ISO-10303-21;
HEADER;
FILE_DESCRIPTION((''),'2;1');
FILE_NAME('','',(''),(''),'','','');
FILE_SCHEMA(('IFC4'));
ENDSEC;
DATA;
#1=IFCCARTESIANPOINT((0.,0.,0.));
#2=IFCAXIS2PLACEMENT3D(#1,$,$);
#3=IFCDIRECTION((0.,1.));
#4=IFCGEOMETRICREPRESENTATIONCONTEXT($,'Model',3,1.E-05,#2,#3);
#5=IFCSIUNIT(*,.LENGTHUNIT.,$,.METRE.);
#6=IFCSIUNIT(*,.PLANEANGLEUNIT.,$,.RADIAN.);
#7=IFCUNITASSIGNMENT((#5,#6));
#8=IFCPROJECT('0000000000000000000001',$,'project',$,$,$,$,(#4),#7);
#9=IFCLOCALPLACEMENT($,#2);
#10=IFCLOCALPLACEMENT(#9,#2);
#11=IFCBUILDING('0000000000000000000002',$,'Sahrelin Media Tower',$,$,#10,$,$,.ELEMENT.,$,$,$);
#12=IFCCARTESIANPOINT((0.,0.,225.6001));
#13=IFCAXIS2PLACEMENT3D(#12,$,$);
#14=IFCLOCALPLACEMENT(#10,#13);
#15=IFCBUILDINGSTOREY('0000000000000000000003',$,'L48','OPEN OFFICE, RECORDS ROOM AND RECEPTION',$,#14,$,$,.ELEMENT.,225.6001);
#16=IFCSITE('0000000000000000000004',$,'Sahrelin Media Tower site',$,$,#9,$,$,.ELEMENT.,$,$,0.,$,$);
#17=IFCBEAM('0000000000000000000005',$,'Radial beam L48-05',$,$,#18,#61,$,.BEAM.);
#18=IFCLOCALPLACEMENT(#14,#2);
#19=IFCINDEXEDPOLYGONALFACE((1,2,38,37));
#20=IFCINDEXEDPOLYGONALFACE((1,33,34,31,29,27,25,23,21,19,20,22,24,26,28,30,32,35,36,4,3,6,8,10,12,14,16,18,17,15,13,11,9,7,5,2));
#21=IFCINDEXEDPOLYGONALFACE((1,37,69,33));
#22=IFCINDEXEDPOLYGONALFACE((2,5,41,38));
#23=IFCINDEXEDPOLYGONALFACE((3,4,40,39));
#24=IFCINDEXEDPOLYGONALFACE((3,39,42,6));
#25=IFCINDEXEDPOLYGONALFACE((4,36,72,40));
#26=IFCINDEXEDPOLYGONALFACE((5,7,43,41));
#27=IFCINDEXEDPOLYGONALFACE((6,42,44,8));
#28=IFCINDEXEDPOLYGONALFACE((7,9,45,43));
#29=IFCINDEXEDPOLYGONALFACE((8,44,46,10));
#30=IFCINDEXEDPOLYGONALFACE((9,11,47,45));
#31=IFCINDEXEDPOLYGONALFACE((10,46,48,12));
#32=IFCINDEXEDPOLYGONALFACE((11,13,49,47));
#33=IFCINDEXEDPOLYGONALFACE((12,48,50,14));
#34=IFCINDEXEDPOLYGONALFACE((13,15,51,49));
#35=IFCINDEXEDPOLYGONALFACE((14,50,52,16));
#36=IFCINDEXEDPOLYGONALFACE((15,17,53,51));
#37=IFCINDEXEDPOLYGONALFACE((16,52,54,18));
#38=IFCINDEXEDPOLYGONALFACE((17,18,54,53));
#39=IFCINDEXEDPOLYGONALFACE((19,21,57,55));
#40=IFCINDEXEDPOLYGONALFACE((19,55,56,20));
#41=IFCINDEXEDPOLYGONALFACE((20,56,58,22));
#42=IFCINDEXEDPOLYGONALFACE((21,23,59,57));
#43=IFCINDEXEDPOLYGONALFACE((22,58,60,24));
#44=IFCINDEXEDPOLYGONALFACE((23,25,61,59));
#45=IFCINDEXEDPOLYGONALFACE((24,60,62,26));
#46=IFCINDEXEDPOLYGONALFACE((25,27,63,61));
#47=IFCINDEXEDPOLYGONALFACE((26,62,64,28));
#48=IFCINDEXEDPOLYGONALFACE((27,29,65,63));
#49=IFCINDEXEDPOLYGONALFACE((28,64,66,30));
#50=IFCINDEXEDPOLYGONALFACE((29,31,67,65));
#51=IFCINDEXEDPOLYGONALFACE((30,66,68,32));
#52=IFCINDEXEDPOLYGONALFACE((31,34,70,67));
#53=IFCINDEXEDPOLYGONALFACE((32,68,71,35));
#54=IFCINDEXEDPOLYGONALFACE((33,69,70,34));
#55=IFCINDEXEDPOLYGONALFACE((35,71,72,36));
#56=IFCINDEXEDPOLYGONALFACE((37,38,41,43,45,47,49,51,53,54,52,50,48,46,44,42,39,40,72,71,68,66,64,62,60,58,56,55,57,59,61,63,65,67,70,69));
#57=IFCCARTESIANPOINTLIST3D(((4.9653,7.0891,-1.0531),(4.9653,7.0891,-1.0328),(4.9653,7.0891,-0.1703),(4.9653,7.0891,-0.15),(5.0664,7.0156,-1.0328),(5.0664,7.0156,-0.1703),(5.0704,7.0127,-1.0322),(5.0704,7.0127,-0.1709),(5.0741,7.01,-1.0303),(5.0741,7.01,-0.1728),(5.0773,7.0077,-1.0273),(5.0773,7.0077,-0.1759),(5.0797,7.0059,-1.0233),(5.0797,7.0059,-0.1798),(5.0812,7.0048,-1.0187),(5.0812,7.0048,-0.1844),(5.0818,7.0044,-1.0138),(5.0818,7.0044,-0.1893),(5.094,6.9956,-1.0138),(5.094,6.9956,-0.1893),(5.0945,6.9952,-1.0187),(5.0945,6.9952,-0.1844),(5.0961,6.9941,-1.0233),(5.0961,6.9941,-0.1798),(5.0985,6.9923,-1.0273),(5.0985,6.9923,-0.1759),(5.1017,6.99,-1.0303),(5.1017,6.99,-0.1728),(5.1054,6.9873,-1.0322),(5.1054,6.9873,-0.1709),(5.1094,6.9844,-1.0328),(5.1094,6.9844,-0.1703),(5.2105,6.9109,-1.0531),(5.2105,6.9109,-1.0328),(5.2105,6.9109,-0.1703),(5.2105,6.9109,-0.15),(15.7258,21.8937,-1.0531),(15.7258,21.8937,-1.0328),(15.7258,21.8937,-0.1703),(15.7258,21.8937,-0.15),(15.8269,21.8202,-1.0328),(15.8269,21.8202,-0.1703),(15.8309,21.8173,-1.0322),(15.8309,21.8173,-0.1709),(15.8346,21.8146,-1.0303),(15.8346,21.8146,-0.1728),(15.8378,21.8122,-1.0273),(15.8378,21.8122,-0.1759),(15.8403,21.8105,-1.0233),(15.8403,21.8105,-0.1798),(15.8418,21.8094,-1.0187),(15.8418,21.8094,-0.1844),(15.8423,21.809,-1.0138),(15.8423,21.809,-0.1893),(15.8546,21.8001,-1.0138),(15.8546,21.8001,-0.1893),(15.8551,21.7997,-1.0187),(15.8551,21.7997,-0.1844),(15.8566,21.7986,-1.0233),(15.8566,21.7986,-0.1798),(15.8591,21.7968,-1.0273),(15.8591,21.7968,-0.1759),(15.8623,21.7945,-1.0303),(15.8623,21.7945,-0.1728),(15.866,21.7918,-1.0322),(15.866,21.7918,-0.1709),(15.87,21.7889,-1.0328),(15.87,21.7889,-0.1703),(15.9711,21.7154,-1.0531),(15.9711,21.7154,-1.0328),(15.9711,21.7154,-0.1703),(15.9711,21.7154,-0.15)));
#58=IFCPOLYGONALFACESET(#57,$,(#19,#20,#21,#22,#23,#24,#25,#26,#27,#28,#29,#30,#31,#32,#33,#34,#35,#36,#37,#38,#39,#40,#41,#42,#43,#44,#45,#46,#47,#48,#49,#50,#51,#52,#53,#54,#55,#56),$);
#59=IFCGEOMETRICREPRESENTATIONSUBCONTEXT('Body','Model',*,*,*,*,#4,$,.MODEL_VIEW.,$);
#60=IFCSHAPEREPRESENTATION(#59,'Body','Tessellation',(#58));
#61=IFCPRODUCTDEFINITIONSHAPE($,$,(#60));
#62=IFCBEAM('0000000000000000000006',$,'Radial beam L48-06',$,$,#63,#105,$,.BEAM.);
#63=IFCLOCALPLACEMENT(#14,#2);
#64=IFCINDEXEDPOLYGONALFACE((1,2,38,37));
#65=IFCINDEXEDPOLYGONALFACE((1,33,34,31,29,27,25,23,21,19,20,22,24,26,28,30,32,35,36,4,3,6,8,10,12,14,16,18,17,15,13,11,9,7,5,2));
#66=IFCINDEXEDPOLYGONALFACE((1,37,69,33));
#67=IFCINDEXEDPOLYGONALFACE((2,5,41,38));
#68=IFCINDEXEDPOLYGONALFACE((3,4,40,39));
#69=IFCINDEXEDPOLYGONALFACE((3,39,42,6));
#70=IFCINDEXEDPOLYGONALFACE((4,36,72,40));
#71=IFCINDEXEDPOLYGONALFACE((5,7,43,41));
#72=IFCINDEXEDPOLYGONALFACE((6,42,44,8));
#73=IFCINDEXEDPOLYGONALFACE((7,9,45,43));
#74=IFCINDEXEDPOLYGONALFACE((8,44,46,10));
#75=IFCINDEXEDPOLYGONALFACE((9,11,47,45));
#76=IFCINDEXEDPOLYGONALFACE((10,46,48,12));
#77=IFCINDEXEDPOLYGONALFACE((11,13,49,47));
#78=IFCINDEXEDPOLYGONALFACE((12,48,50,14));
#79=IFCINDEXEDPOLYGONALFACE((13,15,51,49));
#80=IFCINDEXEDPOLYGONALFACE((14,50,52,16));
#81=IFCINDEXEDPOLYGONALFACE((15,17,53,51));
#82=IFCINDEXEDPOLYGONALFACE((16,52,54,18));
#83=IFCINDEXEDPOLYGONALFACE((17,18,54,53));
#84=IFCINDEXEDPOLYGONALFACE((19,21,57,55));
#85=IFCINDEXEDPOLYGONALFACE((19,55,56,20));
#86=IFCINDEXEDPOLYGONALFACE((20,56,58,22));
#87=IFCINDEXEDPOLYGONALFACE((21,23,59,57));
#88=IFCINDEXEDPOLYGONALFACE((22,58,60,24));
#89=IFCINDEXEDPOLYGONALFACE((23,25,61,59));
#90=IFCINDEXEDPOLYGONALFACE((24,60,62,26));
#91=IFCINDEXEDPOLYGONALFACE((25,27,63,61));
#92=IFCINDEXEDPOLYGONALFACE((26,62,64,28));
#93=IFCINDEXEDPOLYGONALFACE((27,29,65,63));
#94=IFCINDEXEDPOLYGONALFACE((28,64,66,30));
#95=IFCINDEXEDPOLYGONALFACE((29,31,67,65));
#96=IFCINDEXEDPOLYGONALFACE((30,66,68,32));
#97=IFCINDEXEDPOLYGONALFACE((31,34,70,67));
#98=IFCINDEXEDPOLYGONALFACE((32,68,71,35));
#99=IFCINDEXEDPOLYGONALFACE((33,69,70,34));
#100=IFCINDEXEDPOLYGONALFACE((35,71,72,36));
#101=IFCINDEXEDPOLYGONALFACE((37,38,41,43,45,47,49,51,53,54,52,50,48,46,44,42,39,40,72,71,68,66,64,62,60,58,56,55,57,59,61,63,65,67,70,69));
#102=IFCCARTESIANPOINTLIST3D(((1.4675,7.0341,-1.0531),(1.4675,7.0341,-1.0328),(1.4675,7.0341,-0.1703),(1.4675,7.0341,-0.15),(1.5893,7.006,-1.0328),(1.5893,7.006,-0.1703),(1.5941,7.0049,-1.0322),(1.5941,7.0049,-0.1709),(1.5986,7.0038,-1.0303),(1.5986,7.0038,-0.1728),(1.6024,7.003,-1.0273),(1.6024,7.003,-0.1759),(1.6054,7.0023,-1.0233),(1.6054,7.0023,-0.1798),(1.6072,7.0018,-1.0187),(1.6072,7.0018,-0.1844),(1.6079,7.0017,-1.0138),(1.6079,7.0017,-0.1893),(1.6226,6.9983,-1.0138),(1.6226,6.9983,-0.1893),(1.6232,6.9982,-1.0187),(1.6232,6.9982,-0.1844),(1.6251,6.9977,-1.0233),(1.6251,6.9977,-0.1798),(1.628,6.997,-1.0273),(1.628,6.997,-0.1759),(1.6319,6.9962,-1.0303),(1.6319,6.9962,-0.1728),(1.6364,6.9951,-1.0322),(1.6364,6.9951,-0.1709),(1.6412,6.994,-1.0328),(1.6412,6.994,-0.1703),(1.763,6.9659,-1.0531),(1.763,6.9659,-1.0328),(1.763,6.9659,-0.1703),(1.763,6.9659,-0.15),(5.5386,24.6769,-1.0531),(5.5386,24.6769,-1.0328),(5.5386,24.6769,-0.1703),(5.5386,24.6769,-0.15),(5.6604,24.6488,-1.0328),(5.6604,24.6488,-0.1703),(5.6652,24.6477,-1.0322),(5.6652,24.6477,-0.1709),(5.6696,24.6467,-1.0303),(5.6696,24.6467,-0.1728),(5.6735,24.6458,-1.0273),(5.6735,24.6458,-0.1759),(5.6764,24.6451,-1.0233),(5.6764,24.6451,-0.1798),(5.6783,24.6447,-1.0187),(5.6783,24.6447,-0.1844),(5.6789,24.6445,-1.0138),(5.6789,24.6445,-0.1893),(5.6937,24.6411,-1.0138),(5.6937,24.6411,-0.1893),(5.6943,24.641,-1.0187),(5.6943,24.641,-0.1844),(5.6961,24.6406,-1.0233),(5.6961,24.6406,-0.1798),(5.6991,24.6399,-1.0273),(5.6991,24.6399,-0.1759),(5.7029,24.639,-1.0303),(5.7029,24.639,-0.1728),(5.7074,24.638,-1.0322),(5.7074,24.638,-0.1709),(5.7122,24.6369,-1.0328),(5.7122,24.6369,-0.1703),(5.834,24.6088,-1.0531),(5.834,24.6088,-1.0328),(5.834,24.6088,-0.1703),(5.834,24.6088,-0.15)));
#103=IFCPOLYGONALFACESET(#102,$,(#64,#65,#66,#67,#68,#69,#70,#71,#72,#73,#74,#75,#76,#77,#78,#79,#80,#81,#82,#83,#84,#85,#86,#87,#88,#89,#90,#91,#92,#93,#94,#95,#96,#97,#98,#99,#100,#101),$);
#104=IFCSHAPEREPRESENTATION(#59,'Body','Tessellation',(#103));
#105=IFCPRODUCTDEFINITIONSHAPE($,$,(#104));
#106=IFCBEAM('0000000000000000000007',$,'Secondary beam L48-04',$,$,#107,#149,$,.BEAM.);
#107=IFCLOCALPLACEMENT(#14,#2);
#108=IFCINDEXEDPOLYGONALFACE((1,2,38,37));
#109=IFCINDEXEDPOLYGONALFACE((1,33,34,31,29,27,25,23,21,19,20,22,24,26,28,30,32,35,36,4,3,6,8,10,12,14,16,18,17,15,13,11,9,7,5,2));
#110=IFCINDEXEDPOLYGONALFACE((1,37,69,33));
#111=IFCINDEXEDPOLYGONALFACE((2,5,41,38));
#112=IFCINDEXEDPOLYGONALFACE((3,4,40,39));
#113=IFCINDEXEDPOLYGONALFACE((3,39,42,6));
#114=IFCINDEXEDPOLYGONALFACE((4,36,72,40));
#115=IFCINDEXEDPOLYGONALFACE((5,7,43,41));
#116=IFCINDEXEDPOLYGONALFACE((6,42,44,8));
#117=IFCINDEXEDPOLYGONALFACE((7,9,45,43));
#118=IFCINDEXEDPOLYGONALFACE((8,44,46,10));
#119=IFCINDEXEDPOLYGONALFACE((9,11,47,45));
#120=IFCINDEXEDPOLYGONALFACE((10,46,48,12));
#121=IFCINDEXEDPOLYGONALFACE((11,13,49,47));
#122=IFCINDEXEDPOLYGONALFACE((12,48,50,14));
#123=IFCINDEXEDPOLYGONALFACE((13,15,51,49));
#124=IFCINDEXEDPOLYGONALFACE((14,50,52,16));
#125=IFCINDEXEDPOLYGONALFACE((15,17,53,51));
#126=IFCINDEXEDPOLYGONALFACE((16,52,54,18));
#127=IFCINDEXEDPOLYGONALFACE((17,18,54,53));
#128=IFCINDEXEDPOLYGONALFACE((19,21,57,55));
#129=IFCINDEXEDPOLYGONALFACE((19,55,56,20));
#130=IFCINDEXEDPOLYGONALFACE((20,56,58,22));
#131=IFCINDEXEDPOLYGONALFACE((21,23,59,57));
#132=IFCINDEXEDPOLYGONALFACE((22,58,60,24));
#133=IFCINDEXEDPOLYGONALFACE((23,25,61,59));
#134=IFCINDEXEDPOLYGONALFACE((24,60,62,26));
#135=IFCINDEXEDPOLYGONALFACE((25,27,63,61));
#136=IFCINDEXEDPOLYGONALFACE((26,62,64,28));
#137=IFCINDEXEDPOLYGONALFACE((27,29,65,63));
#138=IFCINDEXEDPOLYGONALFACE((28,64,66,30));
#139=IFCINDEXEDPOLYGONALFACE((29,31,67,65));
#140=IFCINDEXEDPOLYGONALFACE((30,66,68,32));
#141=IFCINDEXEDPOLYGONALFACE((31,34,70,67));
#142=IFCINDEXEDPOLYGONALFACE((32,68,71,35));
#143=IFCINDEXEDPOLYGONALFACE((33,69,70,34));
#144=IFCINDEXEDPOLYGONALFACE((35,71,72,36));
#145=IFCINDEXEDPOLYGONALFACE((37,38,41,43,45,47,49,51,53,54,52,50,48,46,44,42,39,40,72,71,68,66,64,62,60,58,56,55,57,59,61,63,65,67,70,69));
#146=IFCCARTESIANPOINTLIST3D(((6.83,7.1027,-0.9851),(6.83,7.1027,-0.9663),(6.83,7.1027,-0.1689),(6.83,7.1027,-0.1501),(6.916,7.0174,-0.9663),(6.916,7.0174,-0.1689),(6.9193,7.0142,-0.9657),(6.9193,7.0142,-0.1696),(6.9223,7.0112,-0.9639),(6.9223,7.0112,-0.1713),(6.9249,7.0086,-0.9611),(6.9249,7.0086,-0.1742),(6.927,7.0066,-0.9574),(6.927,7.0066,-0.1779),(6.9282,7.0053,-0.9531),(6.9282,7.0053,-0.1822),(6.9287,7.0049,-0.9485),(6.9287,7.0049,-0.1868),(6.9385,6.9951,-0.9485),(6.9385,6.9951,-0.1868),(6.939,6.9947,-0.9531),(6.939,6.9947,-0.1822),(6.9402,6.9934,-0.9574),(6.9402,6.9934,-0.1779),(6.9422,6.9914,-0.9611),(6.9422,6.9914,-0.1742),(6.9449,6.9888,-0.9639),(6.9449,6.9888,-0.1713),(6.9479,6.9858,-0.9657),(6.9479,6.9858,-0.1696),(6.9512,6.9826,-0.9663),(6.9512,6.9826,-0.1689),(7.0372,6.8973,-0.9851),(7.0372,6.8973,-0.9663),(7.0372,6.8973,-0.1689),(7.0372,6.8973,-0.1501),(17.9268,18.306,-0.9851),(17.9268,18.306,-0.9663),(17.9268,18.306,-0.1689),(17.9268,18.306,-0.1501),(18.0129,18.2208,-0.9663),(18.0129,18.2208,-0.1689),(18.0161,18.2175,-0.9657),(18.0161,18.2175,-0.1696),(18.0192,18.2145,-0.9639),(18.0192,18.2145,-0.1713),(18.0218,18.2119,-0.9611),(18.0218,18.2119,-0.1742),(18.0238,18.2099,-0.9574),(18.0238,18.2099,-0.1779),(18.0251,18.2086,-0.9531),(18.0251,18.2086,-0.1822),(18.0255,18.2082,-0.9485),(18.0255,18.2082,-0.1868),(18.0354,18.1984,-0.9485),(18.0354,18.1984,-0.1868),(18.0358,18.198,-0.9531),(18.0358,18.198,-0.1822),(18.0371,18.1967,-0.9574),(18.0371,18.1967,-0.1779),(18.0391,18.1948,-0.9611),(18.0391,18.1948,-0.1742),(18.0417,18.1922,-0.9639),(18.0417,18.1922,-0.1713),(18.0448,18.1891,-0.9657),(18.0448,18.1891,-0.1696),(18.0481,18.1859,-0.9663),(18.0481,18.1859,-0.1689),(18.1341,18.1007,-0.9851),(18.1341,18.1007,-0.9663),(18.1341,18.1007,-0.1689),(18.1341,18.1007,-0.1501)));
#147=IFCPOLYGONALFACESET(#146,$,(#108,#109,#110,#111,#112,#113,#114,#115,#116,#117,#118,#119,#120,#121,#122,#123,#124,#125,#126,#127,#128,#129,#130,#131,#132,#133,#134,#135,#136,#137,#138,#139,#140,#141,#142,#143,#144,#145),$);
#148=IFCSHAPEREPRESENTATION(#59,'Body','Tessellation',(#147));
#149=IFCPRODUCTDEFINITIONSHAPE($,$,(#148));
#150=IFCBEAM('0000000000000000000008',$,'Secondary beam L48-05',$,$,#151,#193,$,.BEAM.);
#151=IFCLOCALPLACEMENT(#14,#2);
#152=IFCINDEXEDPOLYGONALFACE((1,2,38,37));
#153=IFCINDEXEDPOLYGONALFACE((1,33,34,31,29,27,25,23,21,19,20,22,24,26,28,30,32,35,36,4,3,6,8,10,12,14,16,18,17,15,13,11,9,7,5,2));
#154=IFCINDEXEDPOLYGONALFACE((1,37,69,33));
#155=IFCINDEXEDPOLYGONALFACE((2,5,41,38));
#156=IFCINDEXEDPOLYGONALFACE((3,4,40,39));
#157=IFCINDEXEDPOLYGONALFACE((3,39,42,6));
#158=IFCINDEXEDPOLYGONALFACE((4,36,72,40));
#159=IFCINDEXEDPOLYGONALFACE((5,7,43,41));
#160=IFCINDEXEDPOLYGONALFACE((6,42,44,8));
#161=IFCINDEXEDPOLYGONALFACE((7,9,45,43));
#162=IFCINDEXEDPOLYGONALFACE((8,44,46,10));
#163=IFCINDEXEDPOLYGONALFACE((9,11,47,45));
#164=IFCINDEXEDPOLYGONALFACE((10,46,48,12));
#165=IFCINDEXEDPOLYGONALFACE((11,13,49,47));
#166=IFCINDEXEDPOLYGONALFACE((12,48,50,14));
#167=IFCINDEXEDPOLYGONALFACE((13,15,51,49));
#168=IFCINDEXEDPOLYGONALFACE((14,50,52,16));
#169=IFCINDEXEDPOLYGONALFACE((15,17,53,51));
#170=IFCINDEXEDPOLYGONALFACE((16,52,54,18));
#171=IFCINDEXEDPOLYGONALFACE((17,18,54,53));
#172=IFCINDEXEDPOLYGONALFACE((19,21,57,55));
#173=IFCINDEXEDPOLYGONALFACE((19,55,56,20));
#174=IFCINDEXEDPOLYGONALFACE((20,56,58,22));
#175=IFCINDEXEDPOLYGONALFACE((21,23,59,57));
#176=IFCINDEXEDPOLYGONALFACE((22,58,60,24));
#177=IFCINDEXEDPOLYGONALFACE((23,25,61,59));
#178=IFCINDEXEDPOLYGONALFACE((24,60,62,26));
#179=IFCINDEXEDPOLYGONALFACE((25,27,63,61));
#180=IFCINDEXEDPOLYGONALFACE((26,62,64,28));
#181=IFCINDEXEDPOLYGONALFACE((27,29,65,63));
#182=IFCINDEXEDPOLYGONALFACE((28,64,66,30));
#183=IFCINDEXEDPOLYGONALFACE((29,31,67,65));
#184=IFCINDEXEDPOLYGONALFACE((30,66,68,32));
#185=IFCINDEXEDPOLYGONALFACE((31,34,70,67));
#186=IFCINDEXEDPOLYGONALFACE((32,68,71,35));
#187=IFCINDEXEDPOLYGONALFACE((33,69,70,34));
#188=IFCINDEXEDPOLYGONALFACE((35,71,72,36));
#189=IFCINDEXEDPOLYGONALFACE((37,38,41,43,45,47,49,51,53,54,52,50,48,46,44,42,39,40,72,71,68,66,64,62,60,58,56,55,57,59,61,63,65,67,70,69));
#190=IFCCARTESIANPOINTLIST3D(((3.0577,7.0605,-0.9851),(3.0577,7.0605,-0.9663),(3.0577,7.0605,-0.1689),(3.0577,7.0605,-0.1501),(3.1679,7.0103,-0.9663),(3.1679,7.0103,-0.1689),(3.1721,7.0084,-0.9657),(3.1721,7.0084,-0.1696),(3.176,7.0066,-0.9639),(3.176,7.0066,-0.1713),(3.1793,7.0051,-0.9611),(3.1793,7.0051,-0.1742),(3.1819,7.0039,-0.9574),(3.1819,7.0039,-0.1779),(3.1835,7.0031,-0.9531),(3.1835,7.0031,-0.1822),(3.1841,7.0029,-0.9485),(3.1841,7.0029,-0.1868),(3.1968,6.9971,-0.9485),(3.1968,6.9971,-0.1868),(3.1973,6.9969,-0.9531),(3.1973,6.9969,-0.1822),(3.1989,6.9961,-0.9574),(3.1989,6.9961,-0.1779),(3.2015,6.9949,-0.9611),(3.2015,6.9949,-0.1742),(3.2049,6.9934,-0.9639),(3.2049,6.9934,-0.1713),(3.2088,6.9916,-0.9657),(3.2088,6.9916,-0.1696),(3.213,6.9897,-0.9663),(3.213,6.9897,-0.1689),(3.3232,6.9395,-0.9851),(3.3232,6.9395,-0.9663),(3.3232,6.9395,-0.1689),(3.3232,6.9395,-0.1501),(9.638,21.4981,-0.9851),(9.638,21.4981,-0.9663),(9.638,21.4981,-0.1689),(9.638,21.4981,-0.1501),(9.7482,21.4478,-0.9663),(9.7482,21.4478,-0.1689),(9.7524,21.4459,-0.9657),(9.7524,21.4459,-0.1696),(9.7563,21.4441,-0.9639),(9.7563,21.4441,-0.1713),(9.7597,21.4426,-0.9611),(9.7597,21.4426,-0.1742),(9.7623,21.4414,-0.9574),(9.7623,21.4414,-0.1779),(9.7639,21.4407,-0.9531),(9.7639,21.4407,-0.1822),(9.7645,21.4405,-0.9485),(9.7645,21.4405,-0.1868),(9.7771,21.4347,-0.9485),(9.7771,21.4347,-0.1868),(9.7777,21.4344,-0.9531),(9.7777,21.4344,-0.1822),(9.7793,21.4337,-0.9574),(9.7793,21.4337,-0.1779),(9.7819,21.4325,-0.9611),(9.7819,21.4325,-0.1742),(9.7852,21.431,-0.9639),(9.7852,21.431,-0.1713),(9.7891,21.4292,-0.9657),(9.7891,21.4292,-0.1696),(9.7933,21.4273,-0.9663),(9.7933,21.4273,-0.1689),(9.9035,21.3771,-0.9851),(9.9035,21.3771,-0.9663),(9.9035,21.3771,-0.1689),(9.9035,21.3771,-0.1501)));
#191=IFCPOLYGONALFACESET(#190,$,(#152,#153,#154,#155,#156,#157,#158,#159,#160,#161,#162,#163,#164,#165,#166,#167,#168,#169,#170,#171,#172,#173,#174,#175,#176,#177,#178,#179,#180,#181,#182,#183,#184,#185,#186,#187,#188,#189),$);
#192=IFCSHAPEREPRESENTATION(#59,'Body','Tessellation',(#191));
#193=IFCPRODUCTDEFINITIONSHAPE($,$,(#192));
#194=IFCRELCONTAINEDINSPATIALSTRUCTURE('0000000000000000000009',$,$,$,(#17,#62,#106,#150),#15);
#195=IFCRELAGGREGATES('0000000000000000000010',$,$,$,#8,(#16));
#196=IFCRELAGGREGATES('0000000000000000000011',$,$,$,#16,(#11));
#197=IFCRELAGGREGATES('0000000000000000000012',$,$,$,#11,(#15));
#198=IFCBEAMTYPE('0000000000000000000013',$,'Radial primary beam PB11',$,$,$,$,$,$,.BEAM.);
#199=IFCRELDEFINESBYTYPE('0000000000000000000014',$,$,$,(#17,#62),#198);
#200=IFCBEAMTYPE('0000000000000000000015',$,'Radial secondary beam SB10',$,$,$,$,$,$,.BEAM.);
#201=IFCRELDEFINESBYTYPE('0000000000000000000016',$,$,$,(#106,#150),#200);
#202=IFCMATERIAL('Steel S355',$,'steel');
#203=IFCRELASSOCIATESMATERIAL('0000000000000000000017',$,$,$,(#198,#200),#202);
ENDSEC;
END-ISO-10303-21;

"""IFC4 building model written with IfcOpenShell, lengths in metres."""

from ifc_helpers import new_model, si_unit, direction, frame, origin, origin_2d, place, context, subcontext, project, spatial, i_section, extrude, material, material_profile, profile_set, type_object, element, save


model = new_model("IFC4")

# Units and contexts
model_context = context("Model", 3, precision=1e-05, world=origin(), true_north=direction((0.0, 1.0)))
body_context = subcontext(model_context, "Body", "Model", "MODEL_VIEW")
ifc_project = project(units=[si_unit("LENGTHUNIT", "METRE"), si_unit("PLANEANGLEUNIT", "RADIAN")], contexts=[model_context])

# Site, building, storey
site_placement = place(None, origin())
site = spatial("IfcSite", under=ifc_project, at=site_placement, Name="Sahrelin Media Tower site", CompositionType="ELEMENT", RefElevation=0.0)
building_placement = place(site_placement, origin())
building = spatial("IfcBuilding", under=site, at=building_placement, Name="Sahrelin Media Tower", CompositionType="ELEMENT")
storey_placement = place(building_placement, frame((0.0, 0.0, 225.6001)))
storey = spatial("IfcBuildingStorey", under=building, at=storey_placement, Name="L48", Description="OPEN OFFICE, RECORDS ROOM AND RECEPTION", CompositionType="ELEMENT", Elevation=225.6001)

# Shared definitions
ifc_material_1 = material(Name="Steel S355", Category="steel")

# Beams
ifc_material_profile_1 = material_profile(ifc_material_1, i_section(OverallWidth=0.3032, OverallDepth=0.9031, WebThickness=0.0151, FlangeThickness=0.0203, FilletRadius=0.019, at=origin_2d()), Name="UB 914x305x201")
ifc_profile_set_1 = profile_set([ifc_material_profile_1], Name="Steel S355")
beam_type_1 = type_object("IfcBeamType", Name="Radial primary beam PB11", PredefinedType="BEAM", material=ifc_profile_set_1)
beam_1_placement = place(storey_placement, frame((5.0879, 7.0, -0.6016), z_axis=(0.587944, 0.808902, 0.0), x_axis=(-0.808902, 0.587944, 0.0)))
element("IfcBeam", 1, at=beam_1_placement, inside=storey, type_object=beam_type_1, Name="Radial beam L48-05", PredefinedType="BEAM", context=body_context, shape_type="SweptSolid", body=[
    extrude(i_section(OverallWidth=0.3032, OverallDepth=0.9031, WebThickness=0.0151, FlangeThickness=0.0203, FilletRadius=0.019, at=origin_2d()), origin(), (0.0, 0.0, 1.0), 18.302),
])
beam_2_placement = place(storey_placement, frame((1.6152, 7.0, -0.6016), z_axis=(0.22484, 0.974396, 0.0), x_axis=(-0.974396, 0.22484, 0.0)))
element("IfcBeam", 2, at=beam_2_placement, inside=storey, type_object=beam_type_1, Name="Radial beam L48-06", PredefinedType="BEAM", context=body_context, shape_type="SweptSolid", body=[
    extrude(i_section(OverallWidth=0.3032, OverallDepth=0.9031, WebThickness=0.0151, FlangeThickness=0.0203, FilletRadius=0.019, at=origin_2d()), origin(), (0.0, 0.0, 1.0), 18.1064),
])
ifc_material_profile_2 = material_profile(ifc_material_1, i_section(OverallWidth=0.2917, OverallDepth=0.835, WebThickness=0.0139, FlangeThickness=0.0188, FilletRadius=0.0178, at=origin_2d()), Name="UB 838x292x176")
ifc_profile_set_2 = profile_set([ifc_material_profile_2], Name="Steel S355")
beam_type_2 = type_object("IfcBeamType", Name="Radial secondary beam SB10", PredefinedType="BEAM", material=ifc_profile_set_2)
beam_3_placement = place(storey_placement, frame((6.9336, 7.0, -0.5676), z_axis=(0.703724, 0.710474, 0.0), x_axis=(-0.710474, 0.703724, 0.0)))
element("IfcBeam", 3, at=beam_3_placement, inside=storey, type_object=beam_type_2, Name="Secondary beam L48-04", PredefinedType="BEAM", context=body_context, shape_type="SweptSolid", body=[
    extrude(i_section(OverallWidth=0.2917, OverallDepth=0.835, WebThickness=0.0139, FlangeThickness=0.0188, FilletRadius=0.0178, at=origin_2d()), origin(), (0.0, 0.0, 1.0), 15.7688),
])
beam_4_placement = place(storey_placement, frame((3.1904, 7.0, -0.5676), z_axis=(0.414734, 0.909943, 0.0), x_axis=(-0.909943, 0.414734, 0.0)))
element("IfcBeam", 4, at=beam_4_placement, inside=storey, type_object=beam_type_2, Name="Secondary beam L48-05", PredefinedType="BEAM", context=body_context, shape_type="SweptSolid", body=[
    extrude(i_section(OverallWidth=0.2917, OverallDepth=0.835, WebThickness=0.0139, FlangeThickness=0.0188, FilletRadius=0.0178, at=origin_2d()), origin(), (0.0, 0.0, 1.0), 15.8665),
])

save(model, "model.ifc")
